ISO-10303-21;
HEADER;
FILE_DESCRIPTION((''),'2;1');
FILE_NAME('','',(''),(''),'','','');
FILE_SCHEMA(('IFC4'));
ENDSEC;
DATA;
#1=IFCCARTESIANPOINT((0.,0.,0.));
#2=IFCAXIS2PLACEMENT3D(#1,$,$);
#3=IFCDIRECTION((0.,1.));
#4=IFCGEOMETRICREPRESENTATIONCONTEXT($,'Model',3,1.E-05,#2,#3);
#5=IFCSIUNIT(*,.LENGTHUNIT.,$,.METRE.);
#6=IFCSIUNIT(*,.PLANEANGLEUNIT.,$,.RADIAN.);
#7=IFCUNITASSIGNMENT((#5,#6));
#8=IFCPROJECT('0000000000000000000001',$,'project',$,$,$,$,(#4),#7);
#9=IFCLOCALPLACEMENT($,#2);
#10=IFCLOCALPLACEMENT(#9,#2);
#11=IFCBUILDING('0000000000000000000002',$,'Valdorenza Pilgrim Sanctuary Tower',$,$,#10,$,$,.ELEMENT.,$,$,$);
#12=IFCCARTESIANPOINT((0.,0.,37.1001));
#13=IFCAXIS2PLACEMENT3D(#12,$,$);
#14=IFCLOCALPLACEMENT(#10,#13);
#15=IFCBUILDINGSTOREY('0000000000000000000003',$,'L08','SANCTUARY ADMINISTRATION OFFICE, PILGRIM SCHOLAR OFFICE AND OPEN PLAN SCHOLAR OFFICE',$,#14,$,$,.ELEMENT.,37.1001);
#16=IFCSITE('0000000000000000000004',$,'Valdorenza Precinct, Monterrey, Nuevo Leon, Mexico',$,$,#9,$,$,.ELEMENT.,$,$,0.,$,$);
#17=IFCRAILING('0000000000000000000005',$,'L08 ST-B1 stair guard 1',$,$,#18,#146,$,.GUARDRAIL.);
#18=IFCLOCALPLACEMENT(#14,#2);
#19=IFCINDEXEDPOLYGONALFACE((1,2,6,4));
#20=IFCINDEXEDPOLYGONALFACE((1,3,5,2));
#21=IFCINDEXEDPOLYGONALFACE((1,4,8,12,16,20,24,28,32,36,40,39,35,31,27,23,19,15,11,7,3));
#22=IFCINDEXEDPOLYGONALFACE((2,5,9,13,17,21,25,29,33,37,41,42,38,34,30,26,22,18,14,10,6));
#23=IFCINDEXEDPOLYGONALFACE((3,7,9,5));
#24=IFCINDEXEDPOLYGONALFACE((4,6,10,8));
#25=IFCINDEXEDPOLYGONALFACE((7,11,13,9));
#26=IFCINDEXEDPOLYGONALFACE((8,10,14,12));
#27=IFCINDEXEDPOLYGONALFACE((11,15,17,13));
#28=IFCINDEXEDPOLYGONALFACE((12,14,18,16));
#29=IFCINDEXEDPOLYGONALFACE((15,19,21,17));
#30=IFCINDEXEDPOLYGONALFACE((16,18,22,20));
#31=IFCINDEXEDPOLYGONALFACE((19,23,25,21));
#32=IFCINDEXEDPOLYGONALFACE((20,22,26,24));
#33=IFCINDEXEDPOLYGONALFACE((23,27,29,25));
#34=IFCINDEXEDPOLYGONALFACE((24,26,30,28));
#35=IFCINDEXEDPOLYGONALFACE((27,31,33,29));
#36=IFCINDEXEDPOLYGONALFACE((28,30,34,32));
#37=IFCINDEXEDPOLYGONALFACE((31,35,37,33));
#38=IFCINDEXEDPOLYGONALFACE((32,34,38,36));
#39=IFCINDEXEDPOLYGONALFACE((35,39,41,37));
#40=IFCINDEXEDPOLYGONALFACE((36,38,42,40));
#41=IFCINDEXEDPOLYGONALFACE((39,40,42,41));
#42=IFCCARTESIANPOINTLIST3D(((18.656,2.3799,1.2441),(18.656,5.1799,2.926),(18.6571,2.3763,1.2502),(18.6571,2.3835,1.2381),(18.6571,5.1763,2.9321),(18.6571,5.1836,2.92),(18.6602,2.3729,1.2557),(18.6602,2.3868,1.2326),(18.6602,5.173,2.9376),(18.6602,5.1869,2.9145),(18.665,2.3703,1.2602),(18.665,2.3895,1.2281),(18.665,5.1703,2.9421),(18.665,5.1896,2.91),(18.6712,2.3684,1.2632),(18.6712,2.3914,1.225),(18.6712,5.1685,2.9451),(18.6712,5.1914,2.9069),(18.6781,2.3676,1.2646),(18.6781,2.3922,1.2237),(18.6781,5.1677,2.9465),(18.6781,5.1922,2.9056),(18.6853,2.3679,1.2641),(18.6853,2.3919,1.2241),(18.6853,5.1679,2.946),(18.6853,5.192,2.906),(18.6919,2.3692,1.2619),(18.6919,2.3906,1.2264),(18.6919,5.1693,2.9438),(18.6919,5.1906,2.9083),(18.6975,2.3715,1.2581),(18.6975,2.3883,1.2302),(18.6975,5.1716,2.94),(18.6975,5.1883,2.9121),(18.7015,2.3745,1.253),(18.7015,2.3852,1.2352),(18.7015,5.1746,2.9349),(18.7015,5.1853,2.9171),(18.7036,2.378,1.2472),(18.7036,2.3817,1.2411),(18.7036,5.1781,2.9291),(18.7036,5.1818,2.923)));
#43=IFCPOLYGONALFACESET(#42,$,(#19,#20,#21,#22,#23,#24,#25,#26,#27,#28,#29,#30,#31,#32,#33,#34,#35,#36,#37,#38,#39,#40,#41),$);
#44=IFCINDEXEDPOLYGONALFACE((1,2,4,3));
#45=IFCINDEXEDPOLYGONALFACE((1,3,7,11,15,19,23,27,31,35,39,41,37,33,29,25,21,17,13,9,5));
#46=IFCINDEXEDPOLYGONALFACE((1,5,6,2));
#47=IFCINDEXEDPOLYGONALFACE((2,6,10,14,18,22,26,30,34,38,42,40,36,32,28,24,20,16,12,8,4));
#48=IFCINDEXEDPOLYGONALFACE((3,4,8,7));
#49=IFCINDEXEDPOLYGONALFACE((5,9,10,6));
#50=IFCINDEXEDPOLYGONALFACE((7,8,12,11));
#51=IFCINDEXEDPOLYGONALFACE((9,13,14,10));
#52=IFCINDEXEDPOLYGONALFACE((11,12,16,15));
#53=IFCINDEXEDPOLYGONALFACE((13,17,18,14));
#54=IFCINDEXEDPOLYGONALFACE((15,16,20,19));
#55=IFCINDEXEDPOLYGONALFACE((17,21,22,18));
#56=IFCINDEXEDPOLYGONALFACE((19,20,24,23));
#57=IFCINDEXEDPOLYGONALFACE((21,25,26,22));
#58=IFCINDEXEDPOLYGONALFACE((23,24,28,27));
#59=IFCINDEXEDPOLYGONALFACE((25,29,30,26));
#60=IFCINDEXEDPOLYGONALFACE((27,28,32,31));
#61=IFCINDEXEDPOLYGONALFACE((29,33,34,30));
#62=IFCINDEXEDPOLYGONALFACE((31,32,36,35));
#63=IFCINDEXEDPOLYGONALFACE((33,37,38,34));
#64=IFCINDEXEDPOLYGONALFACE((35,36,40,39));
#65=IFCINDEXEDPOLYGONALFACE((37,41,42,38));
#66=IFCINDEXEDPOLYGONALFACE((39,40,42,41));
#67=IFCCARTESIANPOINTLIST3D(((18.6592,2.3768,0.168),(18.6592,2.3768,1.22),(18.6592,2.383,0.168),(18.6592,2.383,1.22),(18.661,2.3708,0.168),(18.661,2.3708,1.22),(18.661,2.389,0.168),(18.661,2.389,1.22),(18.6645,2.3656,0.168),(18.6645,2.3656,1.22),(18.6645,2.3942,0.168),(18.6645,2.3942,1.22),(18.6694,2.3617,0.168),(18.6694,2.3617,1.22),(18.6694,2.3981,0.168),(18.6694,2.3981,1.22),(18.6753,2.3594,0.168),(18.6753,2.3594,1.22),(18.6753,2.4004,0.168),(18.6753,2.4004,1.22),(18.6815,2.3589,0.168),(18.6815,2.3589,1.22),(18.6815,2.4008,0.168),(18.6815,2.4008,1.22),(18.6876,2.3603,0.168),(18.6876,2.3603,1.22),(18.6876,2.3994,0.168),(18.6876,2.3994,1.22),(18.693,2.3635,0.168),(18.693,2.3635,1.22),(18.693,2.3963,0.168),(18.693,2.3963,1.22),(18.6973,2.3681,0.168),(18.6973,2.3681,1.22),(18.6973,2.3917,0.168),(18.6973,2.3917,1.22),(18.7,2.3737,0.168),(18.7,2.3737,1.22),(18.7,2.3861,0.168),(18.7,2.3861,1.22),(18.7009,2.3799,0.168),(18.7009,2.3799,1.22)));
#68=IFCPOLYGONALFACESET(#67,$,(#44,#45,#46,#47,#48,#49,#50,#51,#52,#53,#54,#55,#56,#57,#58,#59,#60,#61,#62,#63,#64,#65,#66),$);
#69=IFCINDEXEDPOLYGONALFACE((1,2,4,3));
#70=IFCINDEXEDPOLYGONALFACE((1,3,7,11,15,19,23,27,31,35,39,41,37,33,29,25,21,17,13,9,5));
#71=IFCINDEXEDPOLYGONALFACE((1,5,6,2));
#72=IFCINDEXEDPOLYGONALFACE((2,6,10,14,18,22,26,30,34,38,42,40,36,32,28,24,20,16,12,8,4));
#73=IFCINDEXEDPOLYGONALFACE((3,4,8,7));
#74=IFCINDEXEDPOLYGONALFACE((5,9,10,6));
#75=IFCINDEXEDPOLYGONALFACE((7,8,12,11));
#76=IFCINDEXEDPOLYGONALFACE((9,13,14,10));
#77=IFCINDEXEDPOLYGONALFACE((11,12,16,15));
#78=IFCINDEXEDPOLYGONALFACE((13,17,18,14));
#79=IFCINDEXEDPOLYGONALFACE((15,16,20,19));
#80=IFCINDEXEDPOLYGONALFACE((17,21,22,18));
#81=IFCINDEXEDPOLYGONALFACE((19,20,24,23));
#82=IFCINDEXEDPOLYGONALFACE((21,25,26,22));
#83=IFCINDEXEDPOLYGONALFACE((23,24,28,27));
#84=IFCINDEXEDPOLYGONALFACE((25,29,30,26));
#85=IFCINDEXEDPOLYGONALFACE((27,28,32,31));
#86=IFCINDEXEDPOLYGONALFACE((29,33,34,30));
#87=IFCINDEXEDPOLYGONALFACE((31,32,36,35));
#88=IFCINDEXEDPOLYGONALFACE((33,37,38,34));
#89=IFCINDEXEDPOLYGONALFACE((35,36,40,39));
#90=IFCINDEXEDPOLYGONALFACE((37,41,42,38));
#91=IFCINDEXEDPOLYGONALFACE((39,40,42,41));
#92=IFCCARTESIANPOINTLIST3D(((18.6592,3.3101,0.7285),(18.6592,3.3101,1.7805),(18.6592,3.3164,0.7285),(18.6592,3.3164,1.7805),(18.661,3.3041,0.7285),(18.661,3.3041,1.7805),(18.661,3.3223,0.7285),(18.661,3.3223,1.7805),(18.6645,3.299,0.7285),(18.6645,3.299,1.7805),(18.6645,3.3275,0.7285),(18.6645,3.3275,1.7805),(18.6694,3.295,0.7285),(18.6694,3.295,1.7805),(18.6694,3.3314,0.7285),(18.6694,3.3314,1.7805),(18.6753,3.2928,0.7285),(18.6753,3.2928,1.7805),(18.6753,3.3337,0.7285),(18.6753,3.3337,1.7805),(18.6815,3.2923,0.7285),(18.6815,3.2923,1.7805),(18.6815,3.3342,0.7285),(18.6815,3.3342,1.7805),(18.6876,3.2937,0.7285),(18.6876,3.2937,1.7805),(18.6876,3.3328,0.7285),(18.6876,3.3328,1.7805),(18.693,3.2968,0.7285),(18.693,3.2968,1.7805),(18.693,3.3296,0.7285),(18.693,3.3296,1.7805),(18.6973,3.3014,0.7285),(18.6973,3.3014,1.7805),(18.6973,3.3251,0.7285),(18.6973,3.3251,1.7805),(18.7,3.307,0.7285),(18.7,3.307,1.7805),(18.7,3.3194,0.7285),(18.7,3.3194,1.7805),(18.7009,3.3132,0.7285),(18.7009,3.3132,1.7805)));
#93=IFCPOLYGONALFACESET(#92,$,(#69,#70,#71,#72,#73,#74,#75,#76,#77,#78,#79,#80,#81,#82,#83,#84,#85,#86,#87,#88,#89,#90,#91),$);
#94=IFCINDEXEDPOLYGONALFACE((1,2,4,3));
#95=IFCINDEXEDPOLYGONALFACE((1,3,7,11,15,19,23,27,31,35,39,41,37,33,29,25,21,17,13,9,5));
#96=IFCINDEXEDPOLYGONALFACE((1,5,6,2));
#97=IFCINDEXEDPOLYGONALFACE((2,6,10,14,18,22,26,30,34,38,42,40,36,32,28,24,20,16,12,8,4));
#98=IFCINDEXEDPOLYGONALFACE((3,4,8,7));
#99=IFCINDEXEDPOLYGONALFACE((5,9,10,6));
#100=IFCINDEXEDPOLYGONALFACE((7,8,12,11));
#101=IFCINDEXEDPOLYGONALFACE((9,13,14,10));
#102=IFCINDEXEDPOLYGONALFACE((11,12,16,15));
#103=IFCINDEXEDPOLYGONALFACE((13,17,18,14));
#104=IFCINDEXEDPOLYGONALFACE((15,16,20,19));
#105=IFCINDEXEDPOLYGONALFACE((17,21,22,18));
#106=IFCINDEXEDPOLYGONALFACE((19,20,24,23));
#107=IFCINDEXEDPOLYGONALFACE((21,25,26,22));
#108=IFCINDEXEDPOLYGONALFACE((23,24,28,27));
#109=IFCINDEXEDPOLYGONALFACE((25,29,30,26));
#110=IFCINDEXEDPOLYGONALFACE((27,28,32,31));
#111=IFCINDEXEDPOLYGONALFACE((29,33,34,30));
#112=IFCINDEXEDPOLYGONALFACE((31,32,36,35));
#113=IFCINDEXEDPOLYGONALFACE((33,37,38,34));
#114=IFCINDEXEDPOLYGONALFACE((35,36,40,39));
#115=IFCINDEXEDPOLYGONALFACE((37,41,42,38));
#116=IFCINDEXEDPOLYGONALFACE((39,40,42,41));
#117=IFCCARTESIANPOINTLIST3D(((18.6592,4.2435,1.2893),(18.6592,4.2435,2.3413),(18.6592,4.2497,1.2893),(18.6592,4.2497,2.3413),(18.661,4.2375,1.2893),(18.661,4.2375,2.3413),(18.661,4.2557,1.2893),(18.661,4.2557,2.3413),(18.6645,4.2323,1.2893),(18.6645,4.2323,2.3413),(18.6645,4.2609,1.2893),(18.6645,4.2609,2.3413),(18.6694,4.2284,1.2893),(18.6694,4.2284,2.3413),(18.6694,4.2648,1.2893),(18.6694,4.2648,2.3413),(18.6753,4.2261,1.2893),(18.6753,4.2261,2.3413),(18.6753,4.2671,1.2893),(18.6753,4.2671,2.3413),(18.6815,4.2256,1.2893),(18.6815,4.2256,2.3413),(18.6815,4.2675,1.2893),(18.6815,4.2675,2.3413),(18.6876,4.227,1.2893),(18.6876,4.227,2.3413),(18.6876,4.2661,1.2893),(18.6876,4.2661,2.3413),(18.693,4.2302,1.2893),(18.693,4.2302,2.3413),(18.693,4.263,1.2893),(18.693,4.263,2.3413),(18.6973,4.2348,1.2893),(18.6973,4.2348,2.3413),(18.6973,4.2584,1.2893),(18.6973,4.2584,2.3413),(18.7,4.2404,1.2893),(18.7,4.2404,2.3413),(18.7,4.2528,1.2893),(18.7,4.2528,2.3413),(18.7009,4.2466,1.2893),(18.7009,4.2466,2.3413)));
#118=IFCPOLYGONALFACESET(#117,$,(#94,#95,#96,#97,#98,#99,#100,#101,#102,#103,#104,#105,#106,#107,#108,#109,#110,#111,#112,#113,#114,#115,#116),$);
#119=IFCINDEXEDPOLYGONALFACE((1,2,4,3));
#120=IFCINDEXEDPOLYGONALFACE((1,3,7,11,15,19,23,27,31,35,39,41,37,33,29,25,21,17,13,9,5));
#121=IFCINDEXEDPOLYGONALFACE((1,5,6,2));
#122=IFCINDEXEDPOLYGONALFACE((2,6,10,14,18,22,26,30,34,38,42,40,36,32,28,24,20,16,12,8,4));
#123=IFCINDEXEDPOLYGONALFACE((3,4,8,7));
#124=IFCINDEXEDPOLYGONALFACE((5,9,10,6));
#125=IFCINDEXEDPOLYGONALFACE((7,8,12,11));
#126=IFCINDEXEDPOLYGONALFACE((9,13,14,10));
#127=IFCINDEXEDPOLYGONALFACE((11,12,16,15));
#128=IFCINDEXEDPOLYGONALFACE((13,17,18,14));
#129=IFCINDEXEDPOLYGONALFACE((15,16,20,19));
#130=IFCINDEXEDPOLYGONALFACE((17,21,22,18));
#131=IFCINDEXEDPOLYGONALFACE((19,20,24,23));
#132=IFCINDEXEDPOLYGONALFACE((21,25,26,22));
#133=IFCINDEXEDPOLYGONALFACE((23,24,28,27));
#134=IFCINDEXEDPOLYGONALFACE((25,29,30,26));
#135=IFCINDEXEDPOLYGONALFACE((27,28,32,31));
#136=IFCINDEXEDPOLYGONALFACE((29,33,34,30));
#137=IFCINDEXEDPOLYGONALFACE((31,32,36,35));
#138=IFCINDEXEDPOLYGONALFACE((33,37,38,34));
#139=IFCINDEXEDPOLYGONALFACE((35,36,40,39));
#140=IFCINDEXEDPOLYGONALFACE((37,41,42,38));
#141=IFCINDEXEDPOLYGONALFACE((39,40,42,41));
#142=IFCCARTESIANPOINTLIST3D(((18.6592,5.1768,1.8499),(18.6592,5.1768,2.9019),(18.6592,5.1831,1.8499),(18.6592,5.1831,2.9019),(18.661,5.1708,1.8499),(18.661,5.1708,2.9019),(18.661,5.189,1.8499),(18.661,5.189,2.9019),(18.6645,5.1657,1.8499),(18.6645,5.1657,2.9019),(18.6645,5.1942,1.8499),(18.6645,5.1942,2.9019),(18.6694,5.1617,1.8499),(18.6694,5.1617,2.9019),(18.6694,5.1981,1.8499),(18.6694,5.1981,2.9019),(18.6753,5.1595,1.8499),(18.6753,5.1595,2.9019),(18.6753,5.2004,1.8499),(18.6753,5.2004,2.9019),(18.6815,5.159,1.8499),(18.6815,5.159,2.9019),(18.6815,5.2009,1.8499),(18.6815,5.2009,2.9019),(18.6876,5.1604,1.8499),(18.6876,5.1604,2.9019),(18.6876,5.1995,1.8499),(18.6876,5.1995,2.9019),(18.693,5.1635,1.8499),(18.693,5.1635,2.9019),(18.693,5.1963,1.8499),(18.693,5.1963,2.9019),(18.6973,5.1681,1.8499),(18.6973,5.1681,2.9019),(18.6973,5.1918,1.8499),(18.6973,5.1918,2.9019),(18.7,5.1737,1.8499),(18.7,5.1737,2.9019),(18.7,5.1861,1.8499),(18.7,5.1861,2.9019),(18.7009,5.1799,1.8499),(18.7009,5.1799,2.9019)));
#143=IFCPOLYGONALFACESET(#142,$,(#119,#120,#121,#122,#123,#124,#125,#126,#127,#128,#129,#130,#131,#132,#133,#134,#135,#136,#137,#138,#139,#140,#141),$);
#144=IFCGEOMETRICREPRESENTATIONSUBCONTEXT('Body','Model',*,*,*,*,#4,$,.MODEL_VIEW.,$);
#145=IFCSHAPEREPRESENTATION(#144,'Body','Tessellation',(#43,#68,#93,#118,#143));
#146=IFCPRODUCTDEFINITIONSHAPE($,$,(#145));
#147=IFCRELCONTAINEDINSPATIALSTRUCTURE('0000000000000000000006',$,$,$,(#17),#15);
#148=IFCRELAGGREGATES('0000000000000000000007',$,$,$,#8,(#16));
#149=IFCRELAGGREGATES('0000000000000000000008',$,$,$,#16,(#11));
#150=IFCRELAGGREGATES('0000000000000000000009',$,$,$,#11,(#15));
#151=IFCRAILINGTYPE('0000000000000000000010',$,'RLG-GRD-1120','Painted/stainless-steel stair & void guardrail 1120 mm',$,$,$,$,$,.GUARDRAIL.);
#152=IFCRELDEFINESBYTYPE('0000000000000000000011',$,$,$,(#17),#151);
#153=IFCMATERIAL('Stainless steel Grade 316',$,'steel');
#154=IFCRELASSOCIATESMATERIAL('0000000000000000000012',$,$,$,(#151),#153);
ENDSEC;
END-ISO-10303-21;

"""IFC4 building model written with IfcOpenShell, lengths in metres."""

from ifc_helpers import new_model, si_unit, direction, frame, origin, origin_2d, place, context, subcontext, project, spatial, circle, extrude, material, type_object, element, save


model = new_model("IFC4")

# Units and contexts
model_context = context("Model", 3, precision=1e-05, world=origin(), true_north=direction((0.0, 1.0)))
body_context = subcontext(model_context, "Body", "Model", "MODEL_VIEW")
ifc_project = project(units=[si_unit("LENGTHUNIT", "METRE"), si_unit("PLANEANGLEUNIT", "RADIAN")], contexts=[model_context])

# Site, building, storey
site_placement = place(None, origin())
site = spatial("IfcSite", under=ifc_project, at=site_placement, Name="Valdorenza Precinct, Monterrey, Nuevo Leon, Mexico", CompositionType="ELEMENT", RefElevation=0.0)
building_placement = place(site_placement, origin())
building = spatial("IfcBuilding", under=site, at=building_placement, Name="Valdorenza Pilgrim Sanctuary Tower", CompositionType="ELEMENT")
storey_placement = place(building_placement, frame((0.0, 0.0, 37.1001)))
storey = spatial("IfcBuildingStorey", under=building, at=storey_placement, Name="L08", Description="SANCTUARY ADMINISTRATION OFFICE, PILGRIM SCHOLAR OFFICE AND OPEN PLAN SCHOLAR OFFICE", CompositionType="ELEMENT", Elevation=37.1001)

# Railing
ifc_material_1 = material(Name="Stainless steel Grade 316", Category="steel")
railing_type_1 = type_object("IfcRailingType", Name="RLG-GRD-1120", Description="Painted/stainless-steel stair & void guardrail 1120 mm", PredefinedType="GUARDRAIL", material=ifc_material_1)
railing_1_placement = place(storey_placement, frame((18.6799, 2.3799, 0.168)))
element("IfcRailing", 1, at=railing_1_placement, inside=storey, type_object=railing_type_1, Name="L08 ST-B1 stair guard 1", PredefinedType="GUARDRAIL", context=body_context, shape_type="SweptSolid", body=[
    extrude(circle(Radius=0.0239, at=origin_2d()), frame((0.0, 0.0, 1.0762), z_axis=(0.0, 0.857242, 0.514913), x_axis=(-1.0, 0.0, 0.0)), (0.0, 0.0, 1.0), 3.2664),
    extrude(circle(Radius=0.021, at=origin_2d()), origin(), (0.0, 0.0, 1.0), 1.052),
    extrude(circle(Radius=0.021, at=origin_2d()), frame((0.0, 0.9333, 0.5605)), (0.0, 0.0, 1.0), 1.052),
    extrude(circle(Radius=0.021, at=origin_2d()), frame((0.0, 1.8667, 1.1213)), (0.0, 0.0, 1.0), 1.052),
    extrude(circle(Radius=0.021, at=origin_2d()), frame((0.0, 2.8, 1.6819)), (0.0, 0.0, 1.0), 1.052),
])

save(model, "model.ifc")
